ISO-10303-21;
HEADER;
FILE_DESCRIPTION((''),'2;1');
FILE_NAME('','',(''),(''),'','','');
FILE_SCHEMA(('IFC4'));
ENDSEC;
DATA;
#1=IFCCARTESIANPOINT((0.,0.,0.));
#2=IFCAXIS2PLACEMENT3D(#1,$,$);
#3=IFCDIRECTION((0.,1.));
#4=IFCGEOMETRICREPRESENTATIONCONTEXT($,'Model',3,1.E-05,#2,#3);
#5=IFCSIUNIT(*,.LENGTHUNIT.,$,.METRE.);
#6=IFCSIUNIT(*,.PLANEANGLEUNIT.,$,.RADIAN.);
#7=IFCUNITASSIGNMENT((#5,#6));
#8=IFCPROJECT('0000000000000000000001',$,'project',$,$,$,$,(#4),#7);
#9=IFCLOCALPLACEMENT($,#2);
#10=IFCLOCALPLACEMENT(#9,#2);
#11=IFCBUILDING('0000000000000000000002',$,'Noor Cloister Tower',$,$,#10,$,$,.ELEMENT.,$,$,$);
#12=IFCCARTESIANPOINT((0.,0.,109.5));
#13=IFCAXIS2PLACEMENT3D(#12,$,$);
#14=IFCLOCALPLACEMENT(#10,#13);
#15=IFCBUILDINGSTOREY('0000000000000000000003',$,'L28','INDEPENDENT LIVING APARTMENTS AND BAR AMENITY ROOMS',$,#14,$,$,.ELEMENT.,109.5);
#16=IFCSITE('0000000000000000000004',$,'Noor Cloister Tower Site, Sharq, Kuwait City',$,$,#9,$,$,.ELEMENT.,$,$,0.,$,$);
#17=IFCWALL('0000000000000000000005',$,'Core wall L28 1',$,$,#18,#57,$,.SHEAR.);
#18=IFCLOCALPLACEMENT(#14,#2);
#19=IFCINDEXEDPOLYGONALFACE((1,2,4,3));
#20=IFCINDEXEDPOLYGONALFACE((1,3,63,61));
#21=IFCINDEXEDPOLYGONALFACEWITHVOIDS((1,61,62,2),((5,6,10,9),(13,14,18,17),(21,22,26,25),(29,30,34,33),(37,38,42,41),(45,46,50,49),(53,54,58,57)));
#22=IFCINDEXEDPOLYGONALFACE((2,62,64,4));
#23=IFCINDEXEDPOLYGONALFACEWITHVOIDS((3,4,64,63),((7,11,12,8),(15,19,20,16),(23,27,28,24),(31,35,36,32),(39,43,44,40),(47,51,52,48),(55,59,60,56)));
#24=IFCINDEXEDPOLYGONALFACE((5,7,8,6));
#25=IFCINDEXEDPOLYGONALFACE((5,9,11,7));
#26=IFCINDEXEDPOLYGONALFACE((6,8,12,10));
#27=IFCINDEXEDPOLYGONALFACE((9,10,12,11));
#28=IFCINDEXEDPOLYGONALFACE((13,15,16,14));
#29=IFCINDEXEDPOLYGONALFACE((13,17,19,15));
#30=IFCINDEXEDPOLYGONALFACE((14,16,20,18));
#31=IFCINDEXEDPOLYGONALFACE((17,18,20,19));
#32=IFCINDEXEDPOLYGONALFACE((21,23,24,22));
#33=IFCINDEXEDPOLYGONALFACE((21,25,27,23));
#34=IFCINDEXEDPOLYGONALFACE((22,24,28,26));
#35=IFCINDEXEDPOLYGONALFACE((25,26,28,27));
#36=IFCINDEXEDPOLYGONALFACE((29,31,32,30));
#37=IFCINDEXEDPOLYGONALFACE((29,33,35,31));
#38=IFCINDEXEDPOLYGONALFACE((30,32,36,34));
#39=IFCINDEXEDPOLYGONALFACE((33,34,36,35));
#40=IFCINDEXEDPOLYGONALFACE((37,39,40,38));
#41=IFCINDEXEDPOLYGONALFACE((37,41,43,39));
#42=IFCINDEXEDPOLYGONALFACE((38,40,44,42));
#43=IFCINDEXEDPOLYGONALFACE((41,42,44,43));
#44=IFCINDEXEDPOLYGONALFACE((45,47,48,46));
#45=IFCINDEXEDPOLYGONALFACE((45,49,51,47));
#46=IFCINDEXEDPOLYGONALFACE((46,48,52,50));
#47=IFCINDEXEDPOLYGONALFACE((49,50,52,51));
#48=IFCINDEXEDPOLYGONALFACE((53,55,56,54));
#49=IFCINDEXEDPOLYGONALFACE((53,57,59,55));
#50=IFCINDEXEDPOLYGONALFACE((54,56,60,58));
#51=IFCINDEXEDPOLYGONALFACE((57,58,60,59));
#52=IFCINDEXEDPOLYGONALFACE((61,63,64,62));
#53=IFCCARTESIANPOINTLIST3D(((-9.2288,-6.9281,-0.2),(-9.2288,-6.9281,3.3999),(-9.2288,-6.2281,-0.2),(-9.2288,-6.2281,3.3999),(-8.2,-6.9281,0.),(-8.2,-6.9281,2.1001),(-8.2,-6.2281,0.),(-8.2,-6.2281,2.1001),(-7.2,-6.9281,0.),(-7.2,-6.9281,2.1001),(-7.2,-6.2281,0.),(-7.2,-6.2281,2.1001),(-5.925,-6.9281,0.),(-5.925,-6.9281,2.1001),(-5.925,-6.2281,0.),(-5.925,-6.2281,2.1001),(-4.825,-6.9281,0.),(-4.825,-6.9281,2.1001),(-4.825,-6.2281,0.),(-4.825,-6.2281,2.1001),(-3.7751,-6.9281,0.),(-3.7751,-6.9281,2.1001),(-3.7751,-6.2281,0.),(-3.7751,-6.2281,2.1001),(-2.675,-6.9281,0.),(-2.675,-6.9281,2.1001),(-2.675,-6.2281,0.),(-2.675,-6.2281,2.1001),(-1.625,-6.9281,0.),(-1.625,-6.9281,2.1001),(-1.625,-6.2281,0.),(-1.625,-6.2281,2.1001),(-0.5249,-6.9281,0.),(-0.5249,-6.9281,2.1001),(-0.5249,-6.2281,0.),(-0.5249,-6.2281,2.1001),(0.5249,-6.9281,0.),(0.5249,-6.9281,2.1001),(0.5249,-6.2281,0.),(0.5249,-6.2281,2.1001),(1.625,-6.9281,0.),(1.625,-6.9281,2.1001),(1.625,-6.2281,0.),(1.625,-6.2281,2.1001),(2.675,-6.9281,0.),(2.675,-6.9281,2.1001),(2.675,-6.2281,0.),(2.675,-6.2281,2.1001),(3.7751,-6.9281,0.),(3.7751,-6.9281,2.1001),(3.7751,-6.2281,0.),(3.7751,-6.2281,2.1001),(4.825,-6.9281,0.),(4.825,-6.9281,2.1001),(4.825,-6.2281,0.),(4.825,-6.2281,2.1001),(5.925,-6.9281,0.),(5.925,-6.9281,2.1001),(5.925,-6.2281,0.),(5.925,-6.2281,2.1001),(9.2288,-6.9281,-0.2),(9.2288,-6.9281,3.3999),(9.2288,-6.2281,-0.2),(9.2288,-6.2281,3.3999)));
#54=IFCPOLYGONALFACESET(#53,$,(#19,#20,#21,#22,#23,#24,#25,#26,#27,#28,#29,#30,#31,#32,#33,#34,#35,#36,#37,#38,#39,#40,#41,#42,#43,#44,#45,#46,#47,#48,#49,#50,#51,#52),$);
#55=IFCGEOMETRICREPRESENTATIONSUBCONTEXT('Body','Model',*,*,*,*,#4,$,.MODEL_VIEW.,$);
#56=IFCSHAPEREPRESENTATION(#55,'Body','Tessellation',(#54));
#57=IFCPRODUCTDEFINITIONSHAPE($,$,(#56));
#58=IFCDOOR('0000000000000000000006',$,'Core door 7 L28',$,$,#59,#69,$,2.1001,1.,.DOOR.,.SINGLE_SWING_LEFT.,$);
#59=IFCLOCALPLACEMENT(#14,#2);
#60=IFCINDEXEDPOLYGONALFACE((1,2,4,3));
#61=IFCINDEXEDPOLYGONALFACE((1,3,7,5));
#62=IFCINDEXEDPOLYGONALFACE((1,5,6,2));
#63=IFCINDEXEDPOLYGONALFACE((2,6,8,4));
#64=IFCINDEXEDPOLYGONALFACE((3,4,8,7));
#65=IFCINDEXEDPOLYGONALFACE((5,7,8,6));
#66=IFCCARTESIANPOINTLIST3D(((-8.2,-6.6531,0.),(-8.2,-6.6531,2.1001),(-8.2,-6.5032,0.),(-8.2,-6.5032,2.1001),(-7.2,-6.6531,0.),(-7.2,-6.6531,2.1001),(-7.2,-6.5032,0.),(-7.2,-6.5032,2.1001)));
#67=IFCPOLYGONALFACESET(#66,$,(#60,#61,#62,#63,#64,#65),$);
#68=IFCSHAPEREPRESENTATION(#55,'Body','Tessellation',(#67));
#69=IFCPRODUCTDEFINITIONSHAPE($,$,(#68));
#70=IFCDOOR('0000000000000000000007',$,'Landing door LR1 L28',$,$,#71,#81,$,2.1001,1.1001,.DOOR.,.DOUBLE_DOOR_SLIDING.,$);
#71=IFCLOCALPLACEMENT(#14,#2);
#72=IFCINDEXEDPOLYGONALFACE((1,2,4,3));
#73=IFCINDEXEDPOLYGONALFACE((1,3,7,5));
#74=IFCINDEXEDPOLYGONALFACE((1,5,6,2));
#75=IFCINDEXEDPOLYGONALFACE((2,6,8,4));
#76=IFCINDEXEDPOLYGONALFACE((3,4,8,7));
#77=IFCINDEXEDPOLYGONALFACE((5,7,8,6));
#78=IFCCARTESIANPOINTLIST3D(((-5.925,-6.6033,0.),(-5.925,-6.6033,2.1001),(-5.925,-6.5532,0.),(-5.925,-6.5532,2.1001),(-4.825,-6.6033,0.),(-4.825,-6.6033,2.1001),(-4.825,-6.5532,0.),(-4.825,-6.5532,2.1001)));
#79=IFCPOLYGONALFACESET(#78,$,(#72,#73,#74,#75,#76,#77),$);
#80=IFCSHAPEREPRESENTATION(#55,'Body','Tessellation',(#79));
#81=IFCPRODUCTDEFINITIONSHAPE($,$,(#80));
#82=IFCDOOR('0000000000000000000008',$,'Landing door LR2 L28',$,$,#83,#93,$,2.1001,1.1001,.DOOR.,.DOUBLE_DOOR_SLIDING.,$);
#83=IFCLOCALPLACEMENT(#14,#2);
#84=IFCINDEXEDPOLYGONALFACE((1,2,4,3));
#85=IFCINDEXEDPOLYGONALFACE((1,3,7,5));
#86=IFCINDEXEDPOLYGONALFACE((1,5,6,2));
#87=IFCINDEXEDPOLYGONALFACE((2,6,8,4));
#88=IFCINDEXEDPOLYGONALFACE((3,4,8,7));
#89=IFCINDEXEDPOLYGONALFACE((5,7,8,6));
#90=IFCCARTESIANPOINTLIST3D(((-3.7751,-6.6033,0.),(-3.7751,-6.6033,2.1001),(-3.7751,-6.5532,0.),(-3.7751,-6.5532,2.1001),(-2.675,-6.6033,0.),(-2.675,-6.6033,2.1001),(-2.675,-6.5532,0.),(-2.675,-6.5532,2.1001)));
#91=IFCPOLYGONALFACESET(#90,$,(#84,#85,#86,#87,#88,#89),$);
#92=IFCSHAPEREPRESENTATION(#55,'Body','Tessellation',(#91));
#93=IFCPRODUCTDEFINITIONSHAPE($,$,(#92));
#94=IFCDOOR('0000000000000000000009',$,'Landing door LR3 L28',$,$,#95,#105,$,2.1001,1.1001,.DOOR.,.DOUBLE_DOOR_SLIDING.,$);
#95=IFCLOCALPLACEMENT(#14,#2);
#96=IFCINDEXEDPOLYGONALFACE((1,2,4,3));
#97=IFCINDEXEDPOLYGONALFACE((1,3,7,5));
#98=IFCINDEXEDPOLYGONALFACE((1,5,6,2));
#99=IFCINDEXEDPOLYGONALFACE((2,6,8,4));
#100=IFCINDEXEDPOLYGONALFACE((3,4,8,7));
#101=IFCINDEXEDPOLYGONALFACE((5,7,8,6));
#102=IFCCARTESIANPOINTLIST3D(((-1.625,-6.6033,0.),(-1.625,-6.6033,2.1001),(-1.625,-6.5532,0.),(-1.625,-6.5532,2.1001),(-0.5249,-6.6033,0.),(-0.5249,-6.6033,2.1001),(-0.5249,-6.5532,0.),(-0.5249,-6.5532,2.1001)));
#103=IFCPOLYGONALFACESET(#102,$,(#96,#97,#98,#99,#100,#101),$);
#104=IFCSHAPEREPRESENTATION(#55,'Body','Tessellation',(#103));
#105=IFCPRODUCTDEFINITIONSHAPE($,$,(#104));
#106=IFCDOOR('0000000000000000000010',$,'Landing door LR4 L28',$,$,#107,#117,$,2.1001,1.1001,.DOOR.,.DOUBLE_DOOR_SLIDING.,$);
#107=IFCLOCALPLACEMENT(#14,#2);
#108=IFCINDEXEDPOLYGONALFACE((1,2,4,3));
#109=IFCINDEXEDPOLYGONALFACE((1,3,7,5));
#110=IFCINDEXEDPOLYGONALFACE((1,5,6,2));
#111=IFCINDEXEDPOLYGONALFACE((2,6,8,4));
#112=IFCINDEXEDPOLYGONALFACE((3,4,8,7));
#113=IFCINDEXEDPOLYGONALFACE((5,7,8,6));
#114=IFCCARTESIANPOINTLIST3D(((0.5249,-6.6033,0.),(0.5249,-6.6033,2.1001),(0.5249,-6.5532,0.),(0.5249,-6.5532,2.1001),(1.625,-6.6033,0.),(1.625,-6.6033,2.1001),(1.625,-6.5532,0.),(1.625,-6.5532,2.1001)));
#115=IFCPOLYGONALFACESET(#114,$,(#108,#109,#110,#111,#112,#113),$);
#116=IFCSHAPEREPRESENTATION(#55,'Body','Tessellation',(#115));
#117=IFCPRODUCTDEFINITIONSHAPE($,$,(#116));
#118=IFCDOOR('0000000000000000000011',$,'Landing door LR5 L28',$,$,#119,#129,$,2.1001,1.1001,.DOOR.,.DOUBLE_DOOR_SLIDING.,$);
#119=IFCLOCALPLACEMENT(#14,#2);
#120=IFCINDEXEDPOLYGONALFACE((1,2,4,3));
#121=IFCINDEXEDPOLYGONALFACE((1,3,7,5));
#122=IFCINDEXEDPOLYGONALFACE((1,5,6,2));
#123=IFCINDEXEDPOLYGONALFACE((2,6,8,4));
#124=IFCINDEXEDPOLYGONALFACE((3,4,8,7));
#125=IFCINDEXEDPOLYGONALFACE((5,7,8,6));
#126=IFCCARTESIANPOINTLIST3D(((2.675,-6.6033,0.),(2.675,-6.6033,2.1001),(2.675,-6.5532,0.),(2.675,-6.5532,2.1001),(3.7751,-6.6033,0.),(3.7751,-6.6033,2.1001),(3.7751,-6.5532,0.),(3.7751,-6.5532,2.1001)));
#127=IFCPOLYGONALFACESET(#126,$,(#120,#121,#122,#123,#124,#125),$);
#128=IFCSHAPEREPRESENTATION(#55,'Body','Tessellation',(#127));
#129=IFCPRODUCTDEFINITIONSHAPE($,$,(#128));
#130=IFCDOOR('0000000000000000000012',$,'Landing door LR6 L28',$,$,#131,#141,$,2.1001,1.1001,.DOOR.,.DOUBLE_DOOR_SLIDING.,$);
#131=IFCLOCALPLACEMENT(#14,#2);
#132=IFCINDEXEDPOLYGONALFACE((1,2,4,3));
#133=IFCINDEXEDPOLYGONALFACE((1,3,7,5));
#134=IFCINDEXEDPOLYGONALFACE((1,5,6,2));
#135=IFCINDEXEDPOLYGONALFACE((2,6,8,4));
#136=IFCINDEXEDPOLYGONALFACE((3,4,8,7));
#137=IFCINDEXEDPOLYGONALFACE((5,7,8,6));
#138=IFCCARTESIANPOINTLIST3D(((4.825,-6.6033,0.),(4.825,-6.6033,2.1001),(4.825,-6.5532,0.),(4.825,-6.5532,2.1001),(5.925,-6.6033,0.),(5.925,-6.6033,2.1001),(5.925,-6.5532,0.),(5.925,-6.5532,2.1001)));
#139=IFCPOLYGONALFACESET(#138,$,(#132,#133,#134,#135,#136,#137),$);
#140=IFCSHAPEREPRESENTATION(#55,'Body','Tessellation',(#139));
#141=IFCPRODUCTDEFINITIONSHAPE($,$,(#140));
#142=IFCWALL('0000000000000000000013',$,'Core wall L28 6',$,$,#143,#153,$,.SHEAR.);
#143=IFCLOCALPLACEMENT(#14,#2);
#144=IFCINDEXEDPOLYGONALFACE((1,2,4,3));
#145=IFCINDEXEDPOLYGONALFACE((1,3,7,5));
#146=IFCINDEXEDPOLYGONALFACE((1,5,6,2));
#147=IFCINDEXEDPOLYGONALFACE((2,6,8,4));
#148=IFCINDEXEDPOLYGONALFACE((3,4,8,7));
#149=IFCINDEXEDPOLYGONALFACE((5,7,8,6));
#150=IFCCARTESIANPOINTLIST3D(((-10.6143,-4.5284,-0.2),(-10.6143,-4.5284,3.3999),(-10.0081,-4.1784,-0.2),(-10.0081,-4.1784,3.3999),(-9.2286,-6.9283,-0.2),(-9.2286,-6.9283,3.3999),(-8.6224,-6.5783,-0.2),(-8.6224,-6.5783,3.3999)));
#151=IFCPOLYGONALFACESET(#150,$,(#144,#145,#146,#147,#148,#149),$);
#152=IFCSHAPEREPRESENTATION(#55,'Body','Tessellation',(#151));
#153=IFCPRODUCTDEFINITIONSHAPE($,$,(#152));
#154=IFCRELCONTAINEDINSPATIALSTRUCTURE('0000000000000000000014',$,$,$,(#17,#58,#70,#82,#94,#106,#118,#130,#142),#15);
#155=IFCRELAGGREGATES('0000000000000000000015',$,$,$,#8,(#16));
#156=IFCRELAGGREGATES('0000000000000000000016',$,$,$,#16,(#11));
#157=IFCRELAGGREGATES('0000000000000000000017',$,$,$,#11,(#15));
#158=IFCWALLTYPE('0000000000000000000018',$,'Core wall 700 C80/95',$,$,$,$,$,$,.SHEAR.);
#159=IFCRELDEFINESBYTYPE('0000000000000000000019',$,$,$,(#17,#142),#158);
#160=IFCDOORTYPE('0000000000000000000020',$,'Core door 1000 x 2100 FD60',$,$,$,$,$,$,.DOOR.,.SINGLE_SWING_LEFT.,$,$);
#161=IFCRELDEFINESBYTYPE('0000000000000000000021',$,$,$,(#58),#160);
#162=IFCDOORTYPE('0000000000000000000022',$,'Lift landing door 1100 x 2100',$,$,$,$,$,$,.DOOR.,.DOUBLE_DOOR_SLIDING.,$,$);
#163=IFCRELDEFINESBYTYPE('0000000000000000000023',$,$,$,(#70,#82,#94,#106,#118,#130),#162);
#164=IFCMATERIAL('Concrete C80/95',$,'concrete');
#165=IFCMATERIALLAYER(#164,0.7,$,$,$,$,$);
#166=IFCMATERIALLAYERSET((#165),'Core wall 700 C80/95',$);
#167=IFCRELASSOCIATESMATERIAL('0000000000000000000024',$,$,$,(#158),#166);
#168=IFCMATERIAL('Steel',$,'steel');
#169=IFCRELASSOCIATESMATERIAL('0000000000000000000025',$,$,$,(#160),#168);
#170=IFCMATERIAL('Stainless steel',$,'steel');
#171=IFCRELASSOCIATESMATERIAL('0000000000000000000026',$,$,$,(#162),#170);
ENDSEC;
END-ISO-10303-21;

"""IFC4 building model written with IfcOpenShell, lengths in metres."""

from ifc_helpers import new_model, si_unit, direction, frame, frame_2d, origin, place, context, subcontext, project, spatial, rectangle, extrude, material, layer, layer_set, type_object, element, fill, save


model = new_model("IFC4")

# Units and contexts
model_context = context("Model", 3, precision=1e-05, world=origin(), true_north=direction((0.0, 1.0)))
body_context = subcontext(model_context, "Body", "Model", "MODEL_VIEW")
ifc_project = project(units=[si_unit("LENGTHUNIT", "METRE"), si_unit("PLANEANGLEUNIT", "RADIAN")], contexts=[model_context])

# Site, building, storey
site_placement = place(None, origin())
site = spatial("IfcSite", under=ifc_project, at=site_placement, Name="Noor Cloister Tower Site, Sharq, Kuwait City", CompositionType="ELEMENT", RefElevation=0.0)
building_placement = place(site_placement, origin())
building = spatial("IfcBuilding", under=site, at=building_placement, Name="Noor Cloister Tower", CompositionType="ELEMENT")
storey_placement = place(building_placement, frame((0.0, 0.0, 109.5)))
storey = spatial("IfcBuildingStorey", under=building, at=storey_placement, Name="L28", Description="INDEPENDENT LIVING APARTMENTS AND BAR AMENITY ROOMS", CompositionType="ELEMENT", Elevation=109.5)

# Wall, openings, doors
ifc_material_1 = material(Name="Concrete C80/95", Category="concrete")
ifc_layer_1 = layer(ifc_material_1, 0.7)
ifc_layer_set_1 = layer_set([ifc_layer_1], Name="Core wall 700 C80/95")
wall_type_1 = type_object("IfcWallType", Name="Core wall 700 C80/95", PredefinedType="SHEAR", material=ifc_layer_set_1)
wall_1_placement = place(storey_placement, frame((-9.2288, -6.5781, -0.2), z_axis=(0.0, 0.0, 1.0), x_axis=(1.0, 0.0, 0.0)))
wall_1 = element("IfcWall", 1, at=wall_1_placement, inside=storey, type_object=wall_type_1, Name="Core wall L28 1", PredefinedType="SHEAR", context=body_context, shape_type="SweptSolid", body=[
    extrude(rectangle(XDim=18.4575, YDim=0.7, at=frame_2d((9.2288, 0.0))), origin(), (0.0, 0.0, 1.0), 3.5999),
])
opening_1_placement = place(wall_1_placement, frame((3.3037, 0.0, 0.2)))
opening_1 = element("IfcOpeningElement", 2, at=opening_1_placement, cuts=wall_1, PredefinedType="OPENING", context=body_context, shape_type="SweptSolid", body=[
    extrude(rectangle(XDim=1.1001, YDim=2.1001, at=frame_2d((0.55, 1.05))), frame((0.0, 0.3599, 0.0), z_axis=(0.0, -1.0, 0.0), x_axis=(1.0, 0.0, 0.0)), (0.0, 0.0, 1.0), 0.72),
])
opening_2_placement = place(wall_1_placement, frame((5.4536, 0.0, 0.2)))
opening_2 = element("IfcOpeningElement", 3, at=opening_2_placement, cuts=wall_1, PredefinedType="OPENING", context=body_context, shape_type="SweptSolid", body=[
    extrude(rectangle(XDim=1.1001, YDim=2.1001, at=frame_2d((0.55, 1.05))), frame((0.0, 0.3599, 0.0), z_axis=(0.0, -1.0, 0.0), x_axis=(1.0, 0.0, 0.0)), (0.0, 0.0, 1.0), 0.72),
])
opening_3_placement = place(wall_1_placement, frame((7.6038, 0.0, 0.2)))
opening_3 = element("IfcOpeningElement", 4, at=opening_3_placement, cuts=wall_1, PredefinedType="OPENING", context=body_context, shape_type="SweptSolid", body=[
    extrude(rectangle(XDim=1.1001, YDim=2.1001, at=frame_2d((0.55, 1.05))), frame((0.0, 0.3599, 0.0), z_axis=(0.0, -1.0, 0.0), x_axis=(1.0, 0.0, 0.0)), (0.0, 0.0, 1.0), 0.72),
])
opening_4_placement = place(wall_1_placement, frame((9.7537, 0.0, 0.2)))
opening_4 = element("IfcOpeningElement", 5, at=opening_4_placement, cuts=wall_1, PredefinedType="OPENING", context=body_context, shape_type="SweptSolid", body=[
    extrude(rectangle(XDim=1.1001, YDim=2.1001, at=frame_2d((0.55, 1.05))), frame((0.0, 0.3599, 0.0), z_axis=(0.0, -1.0, 0.0), x_axis=(1.0, 0.0, 0.0)), (0.0, 0.0, 1.0), 0.72),
])
opening_5_placement = place(wall_1_placement, frame((11.9038, 0.0, 0.2)))
opening_5 = element("IfcOpeningElement", 6, at=opening_5_placement, cuts=wall_1, PredefinedType="OPENING", context=body_context, shape_type="SweptSolid", body=[
    extrude(rectangle(XDim=1.1001, YDim=2.1001, at=frame_2d((0.55, 1.05))), frame((0.0, 0.3599, 0.0), z_axis=(0.0, -1.0, 0.0), x_axis=(1.0, 0.0, 0.0)), (0.0, 0.0, 1.0), 0.72),
])
opening_6_placement = place(wall_1_placement, frame((14.0537, 0.0, 0.2)))
opening_6 = element("IfcOpeningElement", 7, at=opening_6_placement, cuts=wall_1, PredefinedType="OPENING", context=body_context, shape_type="SweptSolid", body=[
    extrude(rectangle(XDim=1.1001, YDim=2.1001, at=frame_2d((0.55, 1.05))), frame((0.0, 0.3599, 0.0), z_axis=(0.0, -1.0, 0.0), x_axis=(1.0, 0.0, 0.0)), (0.0, 0.0, 1.0), 0.72),
])
opening_7_placement = place(wall_1_placement, frame((1.0288, 0.0, 0.2)))
opening_7 = element("IfcOpeningElement", 8, at=opening_7_placement, cuts=wall_1, PredefinedType="OPENING", context=body_context, shape_type="SweptSolid", body=[
    extrude(rectangle(XDim=1.0, YDim=2.1001, at=frame_2d((0.5, 1.05))), frame((0.0, 0.3599, 0.0), z_axis=(0.0, -1.0, 0.0), x_axis=(1.0, 0.0, 0.0)), (0.0, 0.0, 1.0), 0.72),
])
ifc_material_2 = material(Name="Steel", Category="steel")
door_type_1 = type_object("IfcDoorType", Name="Core door 1000 x 2100 FD60", OperationType="SINGLE_SWING_LEFT", PredefinedType="DOOR", material=ifc_material_2)
door_1_placement = place(opening_7_placement, origin())
door_1 = element("IfcDoor", 9, at=door_1_placement, inside=storey, type_object=door_type_1, Name="Core door 7 L28", OperationType="SINGLE_SWING_LEFT", OverallHeight=2.1001, OverallWidth=1.0, PredefinedType="DOOR", context=body_context, shape_type="SweptSolid", body=[
    extrude(rectangle(XDim=1.0, YDim=2.1001, at=frame_2d((0.5, 1.05))), frame((0.0, 0.075, 0.0), z_axis=(0.0, -1.0, 0.0), x_axis=(1.0, 0.0, 0.0)), (0.0, 0.0, 1.0), 0.1499),
])
fill(opening_7, door_1)
ifc_material_3 = material(Name="Stainless steel", Category="steel")
door_type_2 = type_object("IfcDoorType", Name="Lift landing door 1100 x 2100", OperationType="DOUBLE_DOOR_SLIDING", PredefinedType="DOOR", material=ifc_material_3)
door_2_placement = place(opening_1_placement, origin())
door_2 = element("IfcDoor", 10, at=door_2_placement, inside=storey, type_object=door_type_2, Name="Landing door LR1 L28", OperationType="DOUBLE_DOOR_SLIDING", OverallHeight=2.1001, OverallWidth=1.1001, PredefinedType="DOOR", context=body_context, shape_type="SweptSolid", body=[
    extrude(rectangle(XDim=1.1001, YDim=2.1001, at=frame_2d((0.55, 1.05))), frame((0.0, 0.0249, 0.0), z_axis=(0.0, -1.0, 0.0), x_axis=(1.0, 0.0, 0.0)), (0.0, 0.0, 1.0), 0.05),
])
fill(opening_1, door_2)
door_3_placement = place(opening_2_placement, origin())
door_3 = element("IfcDoor", 11, at=door_3_placement, inside=storey, type_object=door_type_2, Name="Landing door LR2 L28", OperationType="DOUBLE_DOOR_SLIDING", OverallHeight=2.1001, OverallWidth=1.1001, PredefinedType="DOOR", context=body_context, shape_type="SweptSolid", body=[
    extrude(rectangle(XDim=1.1001, YDim=2.1001, at=frame_2d((0.55, 1.05))), frame((0.0, 0.0249, 0.0), z_axis=(0.0, -1.0, 0.0), x_axis=(1.0, 0.0, 0.0)), (0.0, 0.0, 1.0), 0.05),
])
fill(opening_2, door_3)
door_4_placement = place(opening_3_placement, origin())
door_4 = element("IfcDoor", 12, at=door_4_placement, inside=storey, type_object=door_type_2, Name="Landing door LR3 L28", OperationType="DOUBLE_DOOR_SLIDING", OverallHeight=2.1001, OverallWidth=1.1001, PredefinedType="DOOR", context=body_context, shape_type="SweptSolid", body=[
    extrude(rectangle(XDim=1.1001, YDim=2.1001, at=frame_2d((0.55, 1.05))), frame((0.0, 0.0249, 0.0), z_axis=(0.0, -1.0, 0.0), x_axis=(1.0, 0.0, 0.0)), (0.0, 0.0, 1.0), 0.05),
])
fill(opening_3, door_4)
door_5_placement = place(opening_4_placement, origin())
door_5 = element("IfcDoor", 13, at=door_5_placement, inside=storey, type_object=door_type_2, Name="Landing door LR4 L28", OperationType="DOUBLE_DOOR_SLIDING", OverallHeight=2.1001, OverallWidth=1.1001, PredefinedType="DOOR", context=body_context, shape_type="SweptSolid", body=[
    extrude(rectangle(XDim=1.1001, YDim=2.1001, at=frame_2d((0.55, 1.05))), frame((0.0, 0.0249, 0.0), z_axis=(0.0, -1.0, 0.0), x_axis=(1.0, 0.0, 0.0)), (0.0, 0.0, 1.0), 0.05),
])
fill(opening_4, door_5)
door_6_placement = place(opening_5_placement, origin())
door_6 = element("IfcDoor", 14, at=door_6_placement, inside=storey, type_object=door_type_2, Name="Landing door LR5 L28", OperationType="DOUBLE_DOOR_SLIDING", OverallHeight=2.1001, OverallWidth=1.1001, PredefinedType="DOOR", context=body_context, shape_type="SweptSolid", body=[
    extrude(rectangle(XDim=1.1001, YDim=2.1001, at=frame_2d((0.55, 1.05))), frame((0.0, 0.0249, 0.0), z_axis=(0.0, -1.0, 0.0), x_axis=(1.0, 0.0, 0.0)), (0.0, 0.0, 1.0), 0.05),
])
fill(opening_5, door_6)
door_7_placement = place(opening_6_placement, origin())
door_7 = element("IfcDoor", 15, at=door_7_placement, inside=storey, type_object=door_type_2, Name="Landing door LR6 L28", OperationType="DOUBLE_DOOR_SLIDING", OverallHeight=2.1001, OverallWidth=1.1001, PredefinedType="DOOR", context=body_context, shape_type="SweptSolid", body=[
    extrude(rectangle(XDim=1.1001, YDim=2.1001, at=frame_2d((0.55, 1.05))), frame((0.0, 0.0249, 0.0), z_axis=(0.0, -1.0, 0.0), x_axis=(1.0, 0.0, 0.0)), (0.0, 0.0, 1.0), 0.05),
])
fill(opening_6, door_7)

# Wall
wall_2_placement = place(storey_placement, frame((-10.3113, -4.3533, -0.2), z_axis=(0.0, 0.0, 1.0), x_axis=(0.500043, -0.866001, 0.0)))
element("IfcWall", 16, at=wall_2_placement, inside=storey, type_object=wall_type_1, Name="Core wall L28 6", PredefinedType="SHEAR", context=body_context, shape_type="SweptSolid", body=[
    extrude(rectangle(XDim=2.7712, YDim=0.7, at=frame_2d((1.3857, 0.0))), origin(), (0.0, 0.0, 1.0), 3.5999),
])

save(model, "model.ifc")
